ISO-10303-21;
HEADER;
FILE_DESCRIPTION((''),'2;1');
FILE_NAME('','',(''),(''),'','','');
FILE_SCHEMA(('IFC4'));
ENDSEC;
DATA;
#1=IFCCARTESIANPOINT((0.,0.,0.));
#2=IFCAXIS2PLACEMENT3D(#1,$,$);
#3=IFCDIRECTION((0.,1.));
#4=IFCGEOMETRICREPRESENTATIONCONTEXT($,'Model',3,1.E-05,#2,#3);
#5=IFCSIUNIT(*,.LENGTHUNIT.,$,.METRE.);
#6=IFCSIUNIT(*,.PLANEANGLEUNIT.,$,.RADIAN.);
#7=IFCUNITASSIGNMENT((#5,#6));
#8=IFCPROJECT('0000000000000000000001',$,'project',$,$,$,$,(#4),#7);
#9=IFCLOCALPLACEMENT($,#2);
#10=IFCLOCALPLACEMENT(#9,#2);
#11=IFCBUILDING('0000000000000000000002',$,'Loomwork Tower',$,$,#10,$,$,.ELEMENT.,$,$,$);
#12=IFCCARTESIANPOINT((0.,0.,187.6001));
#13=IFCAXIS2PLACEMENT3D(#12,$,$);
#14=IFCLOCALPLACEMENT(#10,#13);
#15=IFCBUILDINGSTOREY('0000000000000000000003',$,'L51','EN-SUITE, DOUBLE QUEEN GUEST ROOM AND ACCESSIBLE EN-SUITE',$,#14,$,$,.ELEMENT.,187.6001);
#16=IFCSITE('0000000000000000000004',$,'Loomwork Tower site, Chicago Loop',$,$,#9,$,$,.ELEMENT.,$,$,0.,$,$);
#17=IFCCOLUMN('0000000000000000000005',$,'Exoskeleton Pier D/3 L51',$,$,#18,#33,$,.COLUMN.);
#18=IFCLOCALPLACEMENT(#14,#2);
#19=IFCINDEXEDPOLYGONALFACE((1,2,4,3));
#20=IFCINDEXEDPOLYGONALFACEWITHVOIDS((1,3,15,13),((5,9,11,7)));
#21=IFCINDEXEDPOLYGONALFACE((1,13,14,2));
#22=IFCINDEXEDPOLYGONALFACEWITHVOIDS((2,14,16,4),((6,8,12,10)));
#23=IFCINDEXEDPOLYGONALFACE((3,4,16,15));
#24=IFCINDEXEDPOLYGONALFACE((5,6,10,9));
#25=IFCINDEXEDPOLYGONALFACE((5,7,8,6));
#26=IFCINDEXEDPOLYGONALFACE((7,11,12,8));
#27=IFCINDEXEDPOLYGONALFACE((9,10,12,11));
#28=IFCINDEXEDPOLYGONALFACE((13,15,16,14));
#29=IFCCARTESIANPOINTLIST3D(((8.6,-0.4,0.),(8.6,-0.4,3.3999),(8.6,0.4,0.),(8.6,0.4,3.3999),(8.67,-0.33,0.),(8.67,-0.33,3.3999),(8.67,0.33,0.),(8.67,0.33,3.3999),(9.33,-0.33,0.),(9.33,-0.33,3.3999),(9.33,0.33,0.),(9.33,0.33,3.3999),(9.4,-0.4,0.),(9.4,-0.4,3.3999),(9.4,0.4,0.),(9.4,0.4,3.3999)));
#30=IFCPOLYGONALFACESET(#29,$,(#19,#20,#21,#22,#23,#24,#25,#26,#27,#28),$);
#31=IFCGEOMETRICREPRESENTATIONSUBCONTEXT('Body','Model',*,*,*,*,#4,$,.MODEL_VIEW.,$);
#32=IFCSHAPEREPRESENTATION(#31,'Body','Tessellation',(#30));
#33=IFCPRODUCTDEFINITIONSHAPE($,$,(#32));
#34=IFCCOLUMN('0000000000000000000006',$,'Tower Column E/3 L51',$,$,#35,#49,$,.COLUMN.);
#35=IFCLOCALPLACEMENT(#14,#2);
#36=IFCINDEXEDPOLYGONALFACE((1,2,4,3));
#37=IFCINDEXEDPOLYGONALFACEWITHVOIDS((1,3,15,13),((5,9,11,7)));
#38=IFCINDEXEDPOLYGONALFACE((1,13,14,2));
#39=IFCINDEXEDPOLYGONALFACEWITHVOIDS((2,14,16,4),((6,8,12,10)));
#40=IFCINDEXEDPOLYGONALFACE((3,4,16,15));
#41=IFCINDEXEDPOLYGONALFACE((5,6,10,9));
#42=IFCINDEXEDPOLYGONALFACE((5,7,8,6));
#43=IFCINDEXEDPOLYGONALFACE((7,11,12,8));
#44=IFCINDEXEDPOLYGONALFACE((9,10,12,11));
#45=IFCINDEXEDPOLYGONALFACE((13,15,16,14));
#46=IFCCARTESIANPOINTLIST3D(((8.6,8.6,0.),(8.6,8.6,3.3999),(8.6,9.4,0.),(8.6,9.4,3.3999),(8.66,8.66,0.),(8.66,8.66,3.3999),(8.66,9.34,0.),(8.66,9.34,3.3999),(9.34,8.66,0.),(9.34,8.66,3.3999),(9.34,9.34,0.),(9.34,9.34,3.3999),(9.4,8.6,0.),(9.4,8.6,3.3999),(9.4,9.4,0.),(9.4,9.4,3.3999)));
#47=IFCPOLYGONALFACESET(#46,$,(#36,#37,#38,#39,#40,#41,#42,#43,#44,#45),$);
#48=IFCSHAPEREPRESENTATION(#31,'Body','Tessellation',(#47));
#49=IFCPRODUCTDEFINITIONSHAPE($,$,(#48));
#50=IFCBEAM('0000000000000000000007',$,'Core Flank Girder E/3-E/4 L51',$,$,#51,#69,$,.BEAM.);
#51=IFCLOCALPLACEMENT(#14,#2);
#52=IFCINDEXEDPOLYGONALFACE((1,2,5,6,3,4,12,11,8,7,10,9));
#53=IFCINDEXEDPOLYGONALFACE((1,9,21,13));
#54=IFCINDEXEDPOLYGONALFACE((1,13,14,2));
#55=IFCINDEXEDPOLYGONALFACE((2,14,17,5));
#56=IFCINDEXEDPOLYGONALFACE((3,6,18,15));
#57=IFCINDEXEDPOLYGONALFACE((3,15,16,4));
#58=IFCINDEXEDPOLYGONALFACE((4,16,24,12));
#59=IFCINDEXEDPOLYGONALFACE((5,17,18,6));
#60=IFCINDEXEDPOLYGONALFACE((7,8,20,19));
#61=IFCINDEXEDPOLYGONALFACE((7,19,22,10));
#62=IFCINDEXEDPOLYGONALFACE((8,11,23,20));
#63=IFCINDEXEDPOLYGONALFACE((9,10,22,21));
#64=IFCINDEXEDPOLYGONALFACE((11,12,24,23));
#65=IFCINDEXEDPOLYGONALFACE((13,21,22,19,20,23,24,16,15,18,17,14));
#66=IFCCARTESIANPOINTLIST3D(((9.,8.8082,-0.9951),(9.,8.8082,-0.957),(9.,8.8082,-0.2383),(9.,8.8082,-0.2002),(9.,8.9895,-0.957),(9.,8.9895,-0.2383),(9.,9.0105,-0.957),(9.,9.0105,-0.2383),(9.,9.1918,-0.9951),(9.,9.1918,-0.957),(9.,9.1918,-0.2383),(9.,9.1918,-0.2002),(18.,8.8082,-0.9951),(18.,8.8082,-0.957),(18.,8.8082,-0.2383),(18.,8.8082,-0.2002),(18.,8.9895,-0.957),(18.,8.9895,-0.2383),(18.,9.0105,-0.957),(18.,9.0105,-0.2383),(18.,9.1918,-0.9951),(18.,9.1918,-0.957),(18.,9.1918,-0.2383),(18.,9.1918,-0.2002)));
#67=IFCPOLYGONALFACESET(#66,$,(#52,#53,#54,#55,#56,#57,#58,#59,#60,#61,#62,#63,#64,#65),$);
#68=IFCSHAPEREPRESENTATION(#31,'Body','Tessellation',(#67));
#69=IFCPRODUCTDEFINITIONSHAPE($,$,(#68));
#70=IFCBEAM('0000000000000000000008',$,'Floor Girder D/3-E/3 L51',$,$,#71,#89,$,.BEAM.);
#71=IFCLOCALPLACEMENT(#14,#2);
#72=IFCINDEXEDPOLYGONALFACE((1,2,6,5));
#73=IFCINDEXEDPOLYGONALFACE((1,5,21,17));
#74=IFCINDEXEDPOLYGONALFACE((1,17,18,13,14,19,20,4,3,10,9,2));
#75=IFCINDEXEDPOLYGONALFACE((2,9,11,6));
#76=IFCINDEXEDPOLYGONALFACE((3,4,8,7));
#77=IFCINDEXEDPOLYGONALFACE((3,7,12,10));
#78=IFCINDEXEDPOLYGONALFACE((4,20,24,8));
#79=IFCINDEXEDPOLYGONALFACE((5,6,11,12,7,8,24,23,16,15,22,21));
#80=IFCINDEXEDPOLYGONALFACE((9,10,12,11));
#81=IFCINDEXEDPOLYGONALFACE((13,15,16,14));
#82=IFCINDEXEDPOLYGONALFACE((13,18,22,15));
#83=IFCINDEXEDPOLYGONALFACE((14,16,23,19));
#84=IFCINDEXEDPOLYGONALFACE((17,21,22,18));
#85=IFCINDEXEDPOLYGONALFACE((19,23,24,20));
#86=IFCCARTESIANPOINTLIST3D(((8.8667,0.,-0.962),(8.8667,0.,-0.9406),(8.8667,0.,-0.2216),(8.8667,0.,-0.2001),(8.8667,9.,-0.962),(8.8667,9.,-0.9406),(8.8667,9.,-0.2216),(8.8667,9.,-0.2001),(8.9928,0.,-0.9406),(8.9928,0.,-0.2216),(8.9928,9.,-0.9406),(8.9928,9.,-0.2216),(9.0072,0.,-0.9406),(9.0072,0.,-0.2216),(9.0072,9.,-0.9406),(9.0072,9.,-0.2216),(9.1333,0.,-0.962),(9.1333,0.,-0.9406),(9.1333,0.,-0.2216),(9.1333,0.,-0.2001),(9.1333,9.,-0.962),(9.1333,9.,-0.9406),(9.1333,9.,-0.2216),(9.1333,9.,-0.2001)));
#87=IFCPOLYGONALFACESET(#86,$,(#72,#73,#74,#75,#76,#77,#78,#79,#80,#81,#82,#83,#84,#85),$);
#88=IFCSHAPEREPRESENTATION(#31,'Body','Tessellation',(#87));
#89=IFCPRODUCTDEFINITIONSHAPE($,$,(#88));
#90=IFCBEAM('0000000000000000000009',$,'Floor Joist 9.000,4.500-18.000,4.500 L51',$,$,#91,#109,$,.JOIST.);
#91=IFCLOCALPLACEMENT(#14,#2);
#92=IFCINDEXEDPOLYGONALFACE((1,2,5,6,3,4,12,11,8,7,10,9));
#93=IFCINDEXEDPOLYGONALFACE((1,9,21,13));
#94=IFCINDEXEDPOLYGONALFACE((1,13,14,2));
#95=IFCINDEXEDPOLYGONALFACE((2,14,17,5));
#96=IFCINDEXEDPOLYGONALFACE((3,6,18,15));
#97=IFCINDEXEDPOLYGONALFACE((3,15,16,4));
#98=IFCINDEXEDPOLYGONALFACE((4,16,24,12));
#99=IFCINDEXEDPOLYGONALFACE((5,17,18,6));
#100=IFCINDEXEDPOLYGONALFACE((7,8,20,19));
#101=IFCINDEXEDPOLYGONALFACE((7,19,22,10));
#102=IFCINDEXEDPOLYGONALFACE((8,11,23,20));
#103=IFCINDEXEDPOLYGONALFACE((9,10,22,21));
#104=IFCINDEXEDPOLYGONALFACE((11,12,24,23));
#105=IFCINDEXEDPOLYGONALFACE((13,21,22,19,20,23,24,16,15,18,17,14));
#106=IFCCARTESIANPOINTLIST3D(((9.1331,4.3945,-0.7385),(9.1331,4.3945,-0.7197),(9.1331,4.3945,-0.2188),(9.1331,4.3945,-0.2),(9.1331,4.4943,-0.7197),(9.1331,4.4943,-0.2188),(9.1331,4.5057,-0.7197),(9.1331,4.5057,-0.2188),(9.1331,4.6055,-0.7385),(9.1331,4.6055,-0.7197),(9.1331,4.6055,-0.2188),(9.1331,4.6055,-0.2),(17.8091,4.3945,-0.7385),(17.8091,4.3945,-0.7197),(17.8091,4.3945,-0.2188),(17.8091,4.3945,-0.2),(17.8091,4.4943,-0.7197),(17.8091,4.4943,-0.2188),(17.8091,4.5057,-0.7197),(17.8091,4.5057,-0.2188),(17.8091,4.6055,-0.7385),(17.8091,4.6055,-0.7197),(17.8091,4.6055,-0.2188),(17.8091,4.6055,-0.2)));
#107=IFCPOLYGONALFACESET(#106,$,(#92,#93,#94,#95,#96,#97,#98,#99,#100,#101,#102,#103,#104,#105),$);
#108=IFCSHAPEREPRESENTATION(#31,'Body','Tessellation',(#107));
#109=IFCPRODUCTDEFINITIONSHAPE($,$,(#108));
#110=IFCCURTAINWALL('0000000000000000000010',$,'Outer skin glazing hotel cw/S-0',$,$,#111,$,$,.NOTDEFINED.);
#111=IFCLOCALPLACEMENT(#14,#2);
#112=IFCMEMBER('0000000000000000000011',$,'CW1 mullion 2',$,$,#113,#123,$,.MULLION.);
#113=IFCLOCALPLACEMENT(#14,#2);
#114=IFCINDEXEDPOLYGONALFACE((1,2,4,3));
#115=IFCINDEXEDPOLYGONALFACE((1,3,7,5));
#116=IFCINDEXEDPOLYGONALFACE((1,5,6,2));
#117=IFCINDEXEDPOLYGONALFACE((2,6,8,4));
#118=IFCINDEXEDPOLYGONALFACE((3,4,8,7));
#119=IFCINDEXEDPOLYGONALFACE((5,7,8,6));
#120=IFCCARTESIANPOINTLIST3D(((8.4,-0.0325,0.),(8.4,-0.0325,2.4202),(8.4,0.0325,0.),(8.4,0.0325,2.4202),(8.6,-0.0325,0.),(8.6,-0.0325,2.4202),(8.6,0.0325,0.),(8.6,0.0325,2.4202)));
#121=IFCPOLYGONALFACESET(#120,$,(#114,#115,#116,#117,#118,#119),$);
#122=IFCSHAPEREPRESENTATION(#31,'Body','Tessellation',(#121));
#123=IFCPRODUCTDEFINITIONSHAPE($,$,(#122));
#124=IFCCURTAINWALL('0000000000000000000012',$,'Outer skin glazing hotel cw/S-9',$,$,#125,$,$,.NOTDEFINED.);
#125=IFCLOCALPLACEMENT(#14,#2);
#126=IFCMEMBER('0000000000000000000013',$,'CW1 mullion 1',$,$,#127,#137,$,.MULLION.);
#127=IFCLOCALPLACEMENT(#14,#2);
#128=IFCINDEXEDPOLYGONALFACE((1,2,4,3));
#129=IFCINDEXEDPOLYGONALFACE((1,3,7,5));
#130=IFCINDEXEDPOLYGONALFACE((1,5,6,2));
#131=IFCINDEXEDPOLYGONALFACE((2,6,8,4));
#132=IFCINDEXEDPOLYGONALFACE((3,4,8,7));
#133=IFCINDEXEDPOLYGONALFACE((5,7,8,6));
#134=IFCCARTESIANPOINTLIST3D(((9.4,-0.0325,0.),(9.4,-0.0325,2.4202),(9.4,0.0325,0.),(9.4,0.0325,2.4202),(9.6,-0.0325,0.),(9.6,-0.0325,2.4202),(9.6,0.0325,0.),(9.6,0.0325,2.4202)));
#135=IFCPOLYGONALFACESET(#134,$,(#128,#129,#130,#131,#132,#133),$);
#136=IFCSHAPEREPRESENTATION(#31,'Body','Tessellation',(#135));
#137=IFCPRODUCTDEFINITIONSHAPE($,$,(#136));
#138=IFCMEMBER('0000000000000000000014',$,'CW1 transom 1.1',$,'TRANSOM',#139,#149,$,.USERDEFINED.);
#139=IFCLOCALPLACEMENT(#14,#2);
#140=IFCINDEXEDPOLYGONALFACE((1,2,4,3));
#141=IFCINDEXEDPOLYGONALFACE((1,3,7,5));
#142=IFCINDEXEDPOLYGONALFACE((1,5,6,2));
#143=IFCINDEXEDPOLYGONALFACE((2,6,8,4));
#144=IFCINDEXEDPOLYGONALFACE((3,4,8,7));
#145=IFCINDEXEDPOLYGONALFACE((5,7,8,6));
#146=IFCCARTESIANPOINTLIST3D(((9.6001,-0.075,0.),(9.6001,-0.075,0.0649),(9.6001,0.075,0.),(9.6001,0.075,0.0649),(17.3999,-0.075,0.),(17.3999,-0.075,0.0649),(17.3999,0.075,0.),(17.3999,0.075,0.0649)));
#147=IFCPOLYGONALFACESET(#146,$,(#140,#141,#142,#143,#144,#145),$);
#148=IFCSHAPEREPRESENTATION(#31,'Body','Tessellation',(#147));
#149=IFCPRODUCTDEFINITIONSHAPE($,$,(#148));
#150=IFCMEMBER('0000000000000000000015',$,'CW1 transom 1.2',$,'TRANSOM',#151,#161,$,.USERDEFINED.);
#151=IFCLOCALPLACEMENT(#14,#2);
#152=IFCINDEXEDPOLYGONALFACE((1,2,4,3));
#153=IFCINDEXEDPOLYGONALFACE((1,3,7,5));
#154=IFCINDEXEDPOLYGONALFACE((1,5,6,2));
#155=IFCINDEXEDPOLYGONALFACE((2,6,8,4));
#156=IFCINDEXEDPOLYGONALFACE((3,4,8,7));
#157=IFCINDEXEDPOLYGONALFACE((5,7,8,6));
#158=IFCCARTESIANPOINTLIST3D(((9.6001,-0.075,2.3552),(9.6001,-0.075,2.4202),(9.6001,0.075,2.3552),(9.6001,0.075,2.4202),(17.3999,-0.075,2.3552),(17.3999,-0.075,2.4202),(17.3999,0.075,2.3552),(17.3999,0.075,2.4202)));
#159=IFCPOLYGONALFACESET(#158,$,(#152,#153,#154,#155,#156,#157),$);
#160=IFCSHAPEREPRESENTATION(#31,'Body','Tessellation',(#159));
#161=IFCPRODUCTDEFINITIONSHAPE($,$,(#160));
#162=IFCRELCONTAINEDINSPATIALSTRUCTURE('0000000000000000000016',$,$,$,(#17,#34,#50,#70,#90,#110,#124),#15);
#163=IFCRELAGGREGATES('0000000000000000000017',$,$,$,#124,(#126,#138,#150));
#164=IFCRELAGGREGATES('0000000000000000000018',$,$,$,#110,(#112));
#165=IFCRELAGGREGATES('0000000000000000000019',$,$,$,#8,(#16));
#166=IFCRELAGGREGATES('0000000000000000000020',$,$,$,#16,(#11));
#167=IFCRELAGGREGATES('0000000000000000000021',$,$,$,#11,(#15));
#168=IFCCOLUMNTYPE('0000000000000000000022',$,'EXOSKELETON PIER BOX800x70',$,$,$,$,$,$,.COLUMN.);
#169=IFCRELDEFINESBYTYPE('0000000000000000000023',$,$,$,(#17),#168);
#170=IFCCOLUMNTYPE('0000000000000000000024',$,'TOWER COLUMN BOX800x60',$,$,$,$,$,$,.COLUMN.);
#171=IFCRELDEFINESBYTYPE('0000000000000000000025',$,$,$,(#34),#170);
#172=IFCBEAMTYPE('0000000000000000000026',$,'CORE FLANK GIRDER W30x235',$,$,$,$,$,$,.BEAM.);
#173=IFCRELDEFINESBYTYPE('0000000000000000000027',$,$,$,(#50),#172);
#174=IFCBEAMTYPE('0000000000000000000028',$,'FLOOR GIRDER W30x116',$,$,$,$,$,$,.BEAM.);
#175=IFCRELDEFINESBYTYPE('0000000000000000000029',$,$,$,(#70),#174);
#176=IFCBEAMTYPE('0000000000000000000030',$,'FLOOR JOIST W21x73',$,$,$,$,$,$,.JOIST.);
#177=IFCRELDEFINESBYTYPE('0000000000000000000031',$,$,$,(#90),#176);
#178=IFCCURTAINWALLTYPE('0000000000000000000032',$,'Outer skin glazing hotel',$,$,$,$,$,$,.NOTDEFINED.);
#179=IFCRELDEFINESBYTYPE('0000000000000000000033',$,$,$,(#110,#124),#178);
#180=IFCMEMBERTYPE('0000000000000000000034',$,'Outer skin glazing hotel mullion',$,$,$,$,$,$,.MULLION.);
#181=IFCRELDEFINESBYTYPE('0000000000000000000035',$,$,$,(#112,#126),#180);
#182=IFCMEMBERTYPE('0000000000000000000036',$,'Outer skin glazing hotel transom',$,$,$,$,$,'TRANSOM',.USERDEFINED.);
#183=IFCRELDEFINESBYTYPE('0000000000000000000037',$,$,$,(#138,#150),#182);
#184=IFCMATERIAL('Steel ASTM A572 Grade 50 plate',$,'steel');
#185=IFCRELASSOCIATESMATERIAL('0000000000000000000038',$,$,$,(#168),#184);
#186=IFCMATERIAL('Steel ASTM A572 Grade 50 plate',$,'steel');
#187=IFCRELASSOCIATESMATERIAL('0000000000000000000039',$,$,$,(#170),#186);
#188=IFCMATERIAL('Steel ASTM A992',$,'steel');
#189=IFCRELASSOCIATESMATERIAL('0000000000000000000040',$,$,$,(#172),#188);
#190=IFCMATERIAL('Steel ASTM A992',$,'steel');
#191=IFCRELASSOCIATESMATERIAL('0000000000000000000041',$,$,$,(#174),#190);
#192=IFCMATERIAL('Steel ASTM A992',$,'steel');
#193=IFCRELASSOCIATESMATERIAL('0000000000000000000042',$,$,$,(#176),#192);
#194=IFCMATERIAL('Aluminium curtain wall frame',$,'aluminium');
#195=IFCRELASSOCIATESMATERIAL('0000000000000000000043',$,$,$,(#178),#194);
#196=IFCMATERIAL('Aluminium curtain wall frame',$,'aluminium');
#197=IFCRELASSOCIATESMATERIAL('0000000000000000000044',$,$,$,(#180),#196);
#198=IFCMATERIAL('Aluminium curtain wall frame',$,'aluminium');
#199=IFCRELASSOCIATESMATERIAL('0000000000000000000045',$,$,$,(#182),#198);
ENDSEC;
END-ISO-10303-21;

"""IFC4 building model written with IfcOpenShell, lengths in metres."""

from ifc_helpers import new_model, si_unit, direction, frame, origin, origin_2d, place, context, subcontext, project, spatial, rectangle, hollow_rectangle, i_section, extrude, material, material_profile, profile_set, type_object, element, aggregate, save


model = new_model("IFC4")

# Units and contexts
model_context = context("Model", 3, precision=1e-05, world=origin(), true_north=direction((0.0, 1.0)))
body_context = subcontext(model_context, "Body", "Model", "MODEL_VIEW")
ifc_project = project(units=[si_unit("LENGTHUNIT", "METRE"), si_unit("PLANEANGLEUNIT", "RADIAN")], contexts=[model_context])

# Site, building, storey
site_placement = place(None, origin())
site = spatial("IfcSite", under=ifc_project, at=site_placement, Name="Loomwork Tower site, Chicago Loop", CompositionType="ELEMENT", RefElevation=0.0)
building_placement = place(site_placement, origin())
building = spatial("IfcBuilding", under=site, at=building_placement, Name="Loomwork Tower", CompositionType="ELEMENT")
storey_placement = place(building_placement, frame((0.0, 0.0, 187.6001)))
storey = spatial("IfcBuildingStorey", under=building, at=storey_placement, Name="L51", Description="EN-SUITE, DOUBLE QUEEN GUEST ROOM AND ACCESSIBLE EN-SUITE", CompositionType="ELEMENT", Elevation=187.6001)

# Columns
ifc_material_1 = material(Name="Steel ASTM A572 Grade 50 plate", Category="steel")
ifc_material_profile_1 = material_profile(ifc_material_1, hollow_rectangle(XDim=0.8, YDim=0.8, WallThickness=0.0701, at=origin_2d()), Name="BOX800x70")
ifc_profile_set_1 = profile_set([ifc_material_profile_1], Name="Steel ASTM A572 Grade 50 plate")
column_type_1 = type_object("IfcColumnType", Name="EXOSKELETON PIER BOX800x70", PredefinedType="COLUMN", material=ifc_profile_set_1)
column_1_placement = place(storey_placement, frame((9.0, 0.0, 0.0), z_axis=(0.0, 0.0, 1.0), x_axis=(1.0, 0.0, 0.0)))
element("IfcColumn", 1, at=column_1_placement, inside=storey, type_object=column_type_1, Name="Exoskeleton Pier D/3 L51", PredefinedType="COLUMN", context=body_context, shape_type="SweptSolid", body=[
    extrude(hollow_rectangle(XDim=0.8, YDim=0.8, WallThickness=0.0701, at=origin_2d()), origin(), (0.0, 0.0, 1.0), 3.3999),
])
ifc_material_2 = material(Name="Steel ASTM A572 Grade 50 plate", Category="steel")
ifc_material_profile_2 = material_profile(ifc_material_2, hollow_rectangle(XDim=0.8, YDim=0.8, WallThickness=0.0601, at=origin_2d()), Name="BOX800x60")
ifc_profile_set_2 = profile_set([ifc_material_profile_2], Name="Steel ASTM A572 Grade 50 plate")
column_type_2 = type_object("IfcColumnType", Name="TOWER COLUMN BOX800x60", PredefinedType="COLUMN", material=ifc_profile_set_2)
column_2_placement = place(storey_placement, frame((9.0, 9.0, 0.0), z_axis=(0.0, 0.0, 1.0), x_axis=(1.0, 0.0, 0.0)))
element("IfcColumn", 2, at=column_2_placement, inside=storey, type_object=column_type_2, Name="Tower Column E/3 L51", PredefinedType="COLUMN", context=body_context, shape_type="SweptSolid", body=[
    extrude(hollow_rectangle(XDim=0.8, YDim=0.8, WallThickness=0.0601, at=origin_2d()), origin(), (0.0, 0.0, 1.0), 3.3999),
])

# Beams
ifc_material_3 = material(Name="Steel ASTM A992", Category="steel")
ifc_material_profile_3 = material_profile(ifc_material_3, i_section(OverallWidth=0.3835, OverallDepth=0.7949, WebThickness=0.021, FlangeThickness=0.0381, at=origin_2d()), Name="W30x235")
ifc_profile_set_3 = profile_set([ifc_material_profile_3], Name="Steel ASTM A992")
beam_type_1 = type_object("IfcBeamType", Name="CORE FLANK GIRDER W30x235", PredefinedType="BEAM", material=ifc_profile_set_3)
beam_1_placement = place(storey_placement, frame((9.0, 9.0, -0.5977), z_axis=(1.0, 0.0, 0.0), x_axis=(0.0, 1.0, 0.0)))
element("IfcBeam", 3, at=beam_1_placement, inside=storey, type_object=beam_type_1, Name="Core Flank Girder E/3-E/4 L51", PredefinedType="BEAM", context=body_context, shape_type="SweptSolid", body=[
    extrude(i_section(OverallWidth=0.3835, OverallDepth=0.7949, WebThickness=0.021, FlangeThickness=0.0381, at=origin_2d()), origin(), (0.0, 0.0, 1.0), 9.0),
])
ifc_material_4 = material(Name="Steel ASTM A992", Category="steel")
ifc_material_profile_4 = material_profile(ifc_material_4, i_section(OverallWidth=0.2666, OverallDepth=0.762, WebThickness=0.0144, FlangeThickness=0.0215, at=origin_2d()), Name="W30x116")
ifc_profile_set_4 = profile_set([ifc_material_profile_4], Name="Steel ASTM A992")
beam_type_2 = type_object("IfcBeamType", Name="FLOOR GIRDER W30x116", PredefinedType="BEAM", material=ifc_profile_set_4)
beam_2_placement = place(storey_placement, frame((9.0, 0.0, -0.5811), z_axis=(0.0, 1.0, 0.0), x_axis=(-1.0, 0.0, 0.0)))
element("IfcBeam", 4, at=beam_2_placement, inside=storey, type_object=beam_type_2, Name="Floor Girder D/3-E/3 L51", PredefinedType="BEAM", context=body_context, shape_type="SweptSolid", body=[
    extrude(i_section(OverallWidth=0.2666, OverallDepth=0.762, WebThickness=0.0144, FlangeThickness=0.0215, at=origin_2d()), origin(), (0.0, 0.0, 1.0), 9.0),
])
ifc_material_5 = material(Name="Steel ASTM A992", Category="steel")
ifc_material_profile_5 = material_profile(ifc_material_5, i_section(OverallWidth=0.2109, OverallDepth=0.5386, WebThickness=0.0115, FlangeThickness=0.0188, at=origin_2d()), Name="W21x73")
ifc_profile_set_5 = profile_set([ifc_material_profile_5], Name="Steel ASTM A992")
beam_type_3 = type_object("IfcBeamType", Name="FLOOR JOIST W21x73", PredefinedType="JOIST", material=ifc_profile_set_5)
beam_3_placement = place(storey_placement, frame((9.1331, 4.5, -0.4692), z_axis=(1.0, 0.0, 0.0), x_axis=(0.0, 1.0, 0.0)))
element("IfcBeam", 5, at=beam_3_placement, inside=storey, type_object=beam_type_3, Name="Floor Joist 9.000,4.500-18.000,4.500 L51", PredefinedType="JOIST", context=body_context, shape_type="SweptSolid", body=[
    extrude(i_section(OverallWidth=0.2109, OverallDepth=0.5386, WebThickness=0.0115, FlangeThickness=0.0188, at=origin_2d()), origin(), (0.0, 0.0, 1.0), 8.676),
])

# Curtain wall, member
ifc_material_6 = material(Name="Aluminium curtain wall frame", Category="aluminium")
curtain_wall_type = type_object("IfcCurtainWallType", Name="Outer skin glazing hotel", PredefinedType="NOTDEFINED", material=ifc_material_6)
curtain_wall_1_placement = place(storey_placement, origin())
curtain_wall_1 = element("IfcCurtainWall", 6, at=curtain_wall_1_placement, inside=storey, type_object=curtain_wall_type, Name="Outer skin glazing hotel cw/S-0", PredefinedType="NOTDEFINED")
ifc_material_7 = material(Name="Aluminium curtain wall frame", Category="aluminium")
ifc_material_profile_6 = material_profile(ifc_material_7, rectangle(XDim=0.0649, YDim=0.2, at=origin_2d()), Name="AL 65x200")
ifc_profile_set_6 = profile_set([ifc_material_profile_6], Name="Aluminium curtain wall frame")
member_type_1 = type_object("IfcMemberType", Name="Outer skin glazing hotel mullion", PredefinedType="MULLION", material=ifc_profile_set_6)
member_1_placement = place(storey_placement, frame((8.5, 0.0, 0.0), z_axis=(0.0, 0.0, 1.0), x_axis=(0.0, 1.0, 0.0)))
member_1 = element("IfcMember", 7, at=member_1_placement, type_object=member_type_1, Name="CW1 mullion 2", PredefinedType="MULLION", context=body_context, shape_type="SweptSolid", body=[
    extrude(rectangle(XDim=0.0649, YDim=0.2, at=origin_2d()), origin(), (0.0, 0.0, 1.0), 2.4202),
])

# Curtain wall, members
curtain_wall_2_placement = place(storey_placement, origin())
curtain_wall_2 = element("IfcCurtainWall", 8, at=curtain_wall_2_placement, inside=storey, type_object=curtain_wall_type, Name="Outer skin glazing hotel cw/S-9", PredefinedType="NOTDEFINED")
member_2_placement = place(storey_placement, frame((9.5, 0.0, 0.0), z_axis=(0.0, 0.0, 1.0), x_axis=(0.0, 1.0, 0.0)))
member_2 = element("IfcMember", 9, at=member_2_placement, type_object=member_type_1, Name="CW1 mullion 1", PredefinedType="MULLION", context=body_context, shape_type="SweptSolid", body=[
    extrude(rectangle(XDim=0.0649, YDim=0.2, at=origin_2d()), origin(), (0.0, 0.0, 1.0), 2.4202),
])
ifc_material_8 = material(Name="Aluminium curtain wall frame", Category="aluminium")
ifc_material_profile_7 = material_profile(ifc_material_8, rectangle(XDim=0.1499, YDim=0.0649, at=origin_2d()), Name="AL 65x150")
ifc_profile_set_7 = profile_set([ifc_material_profile_7], Name="Aluminium curtain wall frame")
member_type_2 = type_object("IfcMemberType", Name="Outer skin glazing hotel transom", ElementType="TRANSOM", PredefinedType="USERDEFINED", material=ifc_profile_set_7)
member_3_placement = place(storey_placement, frame((9.6001, 0.0, 0.0325), z_axis=(1.0, 0.0, 0.0), x_axis=(0.0, 1.0, 0.0)))
member_3 = element("IfcMember", 10, at=member_3_placement, type_object=member_type_2, Name="CW1 transom 1.1", ObjectType="TRANSOM", PredefinedType="USERDEFINED", context=body_context, shape_type="SweptSolid", body=[
    extrude(rectangle(XDim=0.1499, YDim=0.0649, at=origin_2d()), origin(), (0.0, 0.0, 1.0), 7.7998),
])
member_4_placement = place(storey_placement, frame((9.6001, 0.0, 2.3877), z_axis=(1.0, 0.0, 0.0), x_axis=(0.0, 1.0, 0.0)))
member_4 = element("IfcMember", 11, at=member_4_placement, type_object=member_type_2, Name="CW1 transom 1.2", ObjectType="TRANSOM", PredefinedType="USERDEFINED", context=body_context, shape_type="SweptSolid", body=[
    extrude(rectangle(XDim=0.1499, YDim=0.0649, at=origin_2d()), origin(), (0.0, 0.0, 1.0), 7.7998),
])
aggregate(curtain_wall_2, [member_2, member_3, member_4])

aggregate(curtain_wall_1, [member_1])

save(model, "model.ifc")
